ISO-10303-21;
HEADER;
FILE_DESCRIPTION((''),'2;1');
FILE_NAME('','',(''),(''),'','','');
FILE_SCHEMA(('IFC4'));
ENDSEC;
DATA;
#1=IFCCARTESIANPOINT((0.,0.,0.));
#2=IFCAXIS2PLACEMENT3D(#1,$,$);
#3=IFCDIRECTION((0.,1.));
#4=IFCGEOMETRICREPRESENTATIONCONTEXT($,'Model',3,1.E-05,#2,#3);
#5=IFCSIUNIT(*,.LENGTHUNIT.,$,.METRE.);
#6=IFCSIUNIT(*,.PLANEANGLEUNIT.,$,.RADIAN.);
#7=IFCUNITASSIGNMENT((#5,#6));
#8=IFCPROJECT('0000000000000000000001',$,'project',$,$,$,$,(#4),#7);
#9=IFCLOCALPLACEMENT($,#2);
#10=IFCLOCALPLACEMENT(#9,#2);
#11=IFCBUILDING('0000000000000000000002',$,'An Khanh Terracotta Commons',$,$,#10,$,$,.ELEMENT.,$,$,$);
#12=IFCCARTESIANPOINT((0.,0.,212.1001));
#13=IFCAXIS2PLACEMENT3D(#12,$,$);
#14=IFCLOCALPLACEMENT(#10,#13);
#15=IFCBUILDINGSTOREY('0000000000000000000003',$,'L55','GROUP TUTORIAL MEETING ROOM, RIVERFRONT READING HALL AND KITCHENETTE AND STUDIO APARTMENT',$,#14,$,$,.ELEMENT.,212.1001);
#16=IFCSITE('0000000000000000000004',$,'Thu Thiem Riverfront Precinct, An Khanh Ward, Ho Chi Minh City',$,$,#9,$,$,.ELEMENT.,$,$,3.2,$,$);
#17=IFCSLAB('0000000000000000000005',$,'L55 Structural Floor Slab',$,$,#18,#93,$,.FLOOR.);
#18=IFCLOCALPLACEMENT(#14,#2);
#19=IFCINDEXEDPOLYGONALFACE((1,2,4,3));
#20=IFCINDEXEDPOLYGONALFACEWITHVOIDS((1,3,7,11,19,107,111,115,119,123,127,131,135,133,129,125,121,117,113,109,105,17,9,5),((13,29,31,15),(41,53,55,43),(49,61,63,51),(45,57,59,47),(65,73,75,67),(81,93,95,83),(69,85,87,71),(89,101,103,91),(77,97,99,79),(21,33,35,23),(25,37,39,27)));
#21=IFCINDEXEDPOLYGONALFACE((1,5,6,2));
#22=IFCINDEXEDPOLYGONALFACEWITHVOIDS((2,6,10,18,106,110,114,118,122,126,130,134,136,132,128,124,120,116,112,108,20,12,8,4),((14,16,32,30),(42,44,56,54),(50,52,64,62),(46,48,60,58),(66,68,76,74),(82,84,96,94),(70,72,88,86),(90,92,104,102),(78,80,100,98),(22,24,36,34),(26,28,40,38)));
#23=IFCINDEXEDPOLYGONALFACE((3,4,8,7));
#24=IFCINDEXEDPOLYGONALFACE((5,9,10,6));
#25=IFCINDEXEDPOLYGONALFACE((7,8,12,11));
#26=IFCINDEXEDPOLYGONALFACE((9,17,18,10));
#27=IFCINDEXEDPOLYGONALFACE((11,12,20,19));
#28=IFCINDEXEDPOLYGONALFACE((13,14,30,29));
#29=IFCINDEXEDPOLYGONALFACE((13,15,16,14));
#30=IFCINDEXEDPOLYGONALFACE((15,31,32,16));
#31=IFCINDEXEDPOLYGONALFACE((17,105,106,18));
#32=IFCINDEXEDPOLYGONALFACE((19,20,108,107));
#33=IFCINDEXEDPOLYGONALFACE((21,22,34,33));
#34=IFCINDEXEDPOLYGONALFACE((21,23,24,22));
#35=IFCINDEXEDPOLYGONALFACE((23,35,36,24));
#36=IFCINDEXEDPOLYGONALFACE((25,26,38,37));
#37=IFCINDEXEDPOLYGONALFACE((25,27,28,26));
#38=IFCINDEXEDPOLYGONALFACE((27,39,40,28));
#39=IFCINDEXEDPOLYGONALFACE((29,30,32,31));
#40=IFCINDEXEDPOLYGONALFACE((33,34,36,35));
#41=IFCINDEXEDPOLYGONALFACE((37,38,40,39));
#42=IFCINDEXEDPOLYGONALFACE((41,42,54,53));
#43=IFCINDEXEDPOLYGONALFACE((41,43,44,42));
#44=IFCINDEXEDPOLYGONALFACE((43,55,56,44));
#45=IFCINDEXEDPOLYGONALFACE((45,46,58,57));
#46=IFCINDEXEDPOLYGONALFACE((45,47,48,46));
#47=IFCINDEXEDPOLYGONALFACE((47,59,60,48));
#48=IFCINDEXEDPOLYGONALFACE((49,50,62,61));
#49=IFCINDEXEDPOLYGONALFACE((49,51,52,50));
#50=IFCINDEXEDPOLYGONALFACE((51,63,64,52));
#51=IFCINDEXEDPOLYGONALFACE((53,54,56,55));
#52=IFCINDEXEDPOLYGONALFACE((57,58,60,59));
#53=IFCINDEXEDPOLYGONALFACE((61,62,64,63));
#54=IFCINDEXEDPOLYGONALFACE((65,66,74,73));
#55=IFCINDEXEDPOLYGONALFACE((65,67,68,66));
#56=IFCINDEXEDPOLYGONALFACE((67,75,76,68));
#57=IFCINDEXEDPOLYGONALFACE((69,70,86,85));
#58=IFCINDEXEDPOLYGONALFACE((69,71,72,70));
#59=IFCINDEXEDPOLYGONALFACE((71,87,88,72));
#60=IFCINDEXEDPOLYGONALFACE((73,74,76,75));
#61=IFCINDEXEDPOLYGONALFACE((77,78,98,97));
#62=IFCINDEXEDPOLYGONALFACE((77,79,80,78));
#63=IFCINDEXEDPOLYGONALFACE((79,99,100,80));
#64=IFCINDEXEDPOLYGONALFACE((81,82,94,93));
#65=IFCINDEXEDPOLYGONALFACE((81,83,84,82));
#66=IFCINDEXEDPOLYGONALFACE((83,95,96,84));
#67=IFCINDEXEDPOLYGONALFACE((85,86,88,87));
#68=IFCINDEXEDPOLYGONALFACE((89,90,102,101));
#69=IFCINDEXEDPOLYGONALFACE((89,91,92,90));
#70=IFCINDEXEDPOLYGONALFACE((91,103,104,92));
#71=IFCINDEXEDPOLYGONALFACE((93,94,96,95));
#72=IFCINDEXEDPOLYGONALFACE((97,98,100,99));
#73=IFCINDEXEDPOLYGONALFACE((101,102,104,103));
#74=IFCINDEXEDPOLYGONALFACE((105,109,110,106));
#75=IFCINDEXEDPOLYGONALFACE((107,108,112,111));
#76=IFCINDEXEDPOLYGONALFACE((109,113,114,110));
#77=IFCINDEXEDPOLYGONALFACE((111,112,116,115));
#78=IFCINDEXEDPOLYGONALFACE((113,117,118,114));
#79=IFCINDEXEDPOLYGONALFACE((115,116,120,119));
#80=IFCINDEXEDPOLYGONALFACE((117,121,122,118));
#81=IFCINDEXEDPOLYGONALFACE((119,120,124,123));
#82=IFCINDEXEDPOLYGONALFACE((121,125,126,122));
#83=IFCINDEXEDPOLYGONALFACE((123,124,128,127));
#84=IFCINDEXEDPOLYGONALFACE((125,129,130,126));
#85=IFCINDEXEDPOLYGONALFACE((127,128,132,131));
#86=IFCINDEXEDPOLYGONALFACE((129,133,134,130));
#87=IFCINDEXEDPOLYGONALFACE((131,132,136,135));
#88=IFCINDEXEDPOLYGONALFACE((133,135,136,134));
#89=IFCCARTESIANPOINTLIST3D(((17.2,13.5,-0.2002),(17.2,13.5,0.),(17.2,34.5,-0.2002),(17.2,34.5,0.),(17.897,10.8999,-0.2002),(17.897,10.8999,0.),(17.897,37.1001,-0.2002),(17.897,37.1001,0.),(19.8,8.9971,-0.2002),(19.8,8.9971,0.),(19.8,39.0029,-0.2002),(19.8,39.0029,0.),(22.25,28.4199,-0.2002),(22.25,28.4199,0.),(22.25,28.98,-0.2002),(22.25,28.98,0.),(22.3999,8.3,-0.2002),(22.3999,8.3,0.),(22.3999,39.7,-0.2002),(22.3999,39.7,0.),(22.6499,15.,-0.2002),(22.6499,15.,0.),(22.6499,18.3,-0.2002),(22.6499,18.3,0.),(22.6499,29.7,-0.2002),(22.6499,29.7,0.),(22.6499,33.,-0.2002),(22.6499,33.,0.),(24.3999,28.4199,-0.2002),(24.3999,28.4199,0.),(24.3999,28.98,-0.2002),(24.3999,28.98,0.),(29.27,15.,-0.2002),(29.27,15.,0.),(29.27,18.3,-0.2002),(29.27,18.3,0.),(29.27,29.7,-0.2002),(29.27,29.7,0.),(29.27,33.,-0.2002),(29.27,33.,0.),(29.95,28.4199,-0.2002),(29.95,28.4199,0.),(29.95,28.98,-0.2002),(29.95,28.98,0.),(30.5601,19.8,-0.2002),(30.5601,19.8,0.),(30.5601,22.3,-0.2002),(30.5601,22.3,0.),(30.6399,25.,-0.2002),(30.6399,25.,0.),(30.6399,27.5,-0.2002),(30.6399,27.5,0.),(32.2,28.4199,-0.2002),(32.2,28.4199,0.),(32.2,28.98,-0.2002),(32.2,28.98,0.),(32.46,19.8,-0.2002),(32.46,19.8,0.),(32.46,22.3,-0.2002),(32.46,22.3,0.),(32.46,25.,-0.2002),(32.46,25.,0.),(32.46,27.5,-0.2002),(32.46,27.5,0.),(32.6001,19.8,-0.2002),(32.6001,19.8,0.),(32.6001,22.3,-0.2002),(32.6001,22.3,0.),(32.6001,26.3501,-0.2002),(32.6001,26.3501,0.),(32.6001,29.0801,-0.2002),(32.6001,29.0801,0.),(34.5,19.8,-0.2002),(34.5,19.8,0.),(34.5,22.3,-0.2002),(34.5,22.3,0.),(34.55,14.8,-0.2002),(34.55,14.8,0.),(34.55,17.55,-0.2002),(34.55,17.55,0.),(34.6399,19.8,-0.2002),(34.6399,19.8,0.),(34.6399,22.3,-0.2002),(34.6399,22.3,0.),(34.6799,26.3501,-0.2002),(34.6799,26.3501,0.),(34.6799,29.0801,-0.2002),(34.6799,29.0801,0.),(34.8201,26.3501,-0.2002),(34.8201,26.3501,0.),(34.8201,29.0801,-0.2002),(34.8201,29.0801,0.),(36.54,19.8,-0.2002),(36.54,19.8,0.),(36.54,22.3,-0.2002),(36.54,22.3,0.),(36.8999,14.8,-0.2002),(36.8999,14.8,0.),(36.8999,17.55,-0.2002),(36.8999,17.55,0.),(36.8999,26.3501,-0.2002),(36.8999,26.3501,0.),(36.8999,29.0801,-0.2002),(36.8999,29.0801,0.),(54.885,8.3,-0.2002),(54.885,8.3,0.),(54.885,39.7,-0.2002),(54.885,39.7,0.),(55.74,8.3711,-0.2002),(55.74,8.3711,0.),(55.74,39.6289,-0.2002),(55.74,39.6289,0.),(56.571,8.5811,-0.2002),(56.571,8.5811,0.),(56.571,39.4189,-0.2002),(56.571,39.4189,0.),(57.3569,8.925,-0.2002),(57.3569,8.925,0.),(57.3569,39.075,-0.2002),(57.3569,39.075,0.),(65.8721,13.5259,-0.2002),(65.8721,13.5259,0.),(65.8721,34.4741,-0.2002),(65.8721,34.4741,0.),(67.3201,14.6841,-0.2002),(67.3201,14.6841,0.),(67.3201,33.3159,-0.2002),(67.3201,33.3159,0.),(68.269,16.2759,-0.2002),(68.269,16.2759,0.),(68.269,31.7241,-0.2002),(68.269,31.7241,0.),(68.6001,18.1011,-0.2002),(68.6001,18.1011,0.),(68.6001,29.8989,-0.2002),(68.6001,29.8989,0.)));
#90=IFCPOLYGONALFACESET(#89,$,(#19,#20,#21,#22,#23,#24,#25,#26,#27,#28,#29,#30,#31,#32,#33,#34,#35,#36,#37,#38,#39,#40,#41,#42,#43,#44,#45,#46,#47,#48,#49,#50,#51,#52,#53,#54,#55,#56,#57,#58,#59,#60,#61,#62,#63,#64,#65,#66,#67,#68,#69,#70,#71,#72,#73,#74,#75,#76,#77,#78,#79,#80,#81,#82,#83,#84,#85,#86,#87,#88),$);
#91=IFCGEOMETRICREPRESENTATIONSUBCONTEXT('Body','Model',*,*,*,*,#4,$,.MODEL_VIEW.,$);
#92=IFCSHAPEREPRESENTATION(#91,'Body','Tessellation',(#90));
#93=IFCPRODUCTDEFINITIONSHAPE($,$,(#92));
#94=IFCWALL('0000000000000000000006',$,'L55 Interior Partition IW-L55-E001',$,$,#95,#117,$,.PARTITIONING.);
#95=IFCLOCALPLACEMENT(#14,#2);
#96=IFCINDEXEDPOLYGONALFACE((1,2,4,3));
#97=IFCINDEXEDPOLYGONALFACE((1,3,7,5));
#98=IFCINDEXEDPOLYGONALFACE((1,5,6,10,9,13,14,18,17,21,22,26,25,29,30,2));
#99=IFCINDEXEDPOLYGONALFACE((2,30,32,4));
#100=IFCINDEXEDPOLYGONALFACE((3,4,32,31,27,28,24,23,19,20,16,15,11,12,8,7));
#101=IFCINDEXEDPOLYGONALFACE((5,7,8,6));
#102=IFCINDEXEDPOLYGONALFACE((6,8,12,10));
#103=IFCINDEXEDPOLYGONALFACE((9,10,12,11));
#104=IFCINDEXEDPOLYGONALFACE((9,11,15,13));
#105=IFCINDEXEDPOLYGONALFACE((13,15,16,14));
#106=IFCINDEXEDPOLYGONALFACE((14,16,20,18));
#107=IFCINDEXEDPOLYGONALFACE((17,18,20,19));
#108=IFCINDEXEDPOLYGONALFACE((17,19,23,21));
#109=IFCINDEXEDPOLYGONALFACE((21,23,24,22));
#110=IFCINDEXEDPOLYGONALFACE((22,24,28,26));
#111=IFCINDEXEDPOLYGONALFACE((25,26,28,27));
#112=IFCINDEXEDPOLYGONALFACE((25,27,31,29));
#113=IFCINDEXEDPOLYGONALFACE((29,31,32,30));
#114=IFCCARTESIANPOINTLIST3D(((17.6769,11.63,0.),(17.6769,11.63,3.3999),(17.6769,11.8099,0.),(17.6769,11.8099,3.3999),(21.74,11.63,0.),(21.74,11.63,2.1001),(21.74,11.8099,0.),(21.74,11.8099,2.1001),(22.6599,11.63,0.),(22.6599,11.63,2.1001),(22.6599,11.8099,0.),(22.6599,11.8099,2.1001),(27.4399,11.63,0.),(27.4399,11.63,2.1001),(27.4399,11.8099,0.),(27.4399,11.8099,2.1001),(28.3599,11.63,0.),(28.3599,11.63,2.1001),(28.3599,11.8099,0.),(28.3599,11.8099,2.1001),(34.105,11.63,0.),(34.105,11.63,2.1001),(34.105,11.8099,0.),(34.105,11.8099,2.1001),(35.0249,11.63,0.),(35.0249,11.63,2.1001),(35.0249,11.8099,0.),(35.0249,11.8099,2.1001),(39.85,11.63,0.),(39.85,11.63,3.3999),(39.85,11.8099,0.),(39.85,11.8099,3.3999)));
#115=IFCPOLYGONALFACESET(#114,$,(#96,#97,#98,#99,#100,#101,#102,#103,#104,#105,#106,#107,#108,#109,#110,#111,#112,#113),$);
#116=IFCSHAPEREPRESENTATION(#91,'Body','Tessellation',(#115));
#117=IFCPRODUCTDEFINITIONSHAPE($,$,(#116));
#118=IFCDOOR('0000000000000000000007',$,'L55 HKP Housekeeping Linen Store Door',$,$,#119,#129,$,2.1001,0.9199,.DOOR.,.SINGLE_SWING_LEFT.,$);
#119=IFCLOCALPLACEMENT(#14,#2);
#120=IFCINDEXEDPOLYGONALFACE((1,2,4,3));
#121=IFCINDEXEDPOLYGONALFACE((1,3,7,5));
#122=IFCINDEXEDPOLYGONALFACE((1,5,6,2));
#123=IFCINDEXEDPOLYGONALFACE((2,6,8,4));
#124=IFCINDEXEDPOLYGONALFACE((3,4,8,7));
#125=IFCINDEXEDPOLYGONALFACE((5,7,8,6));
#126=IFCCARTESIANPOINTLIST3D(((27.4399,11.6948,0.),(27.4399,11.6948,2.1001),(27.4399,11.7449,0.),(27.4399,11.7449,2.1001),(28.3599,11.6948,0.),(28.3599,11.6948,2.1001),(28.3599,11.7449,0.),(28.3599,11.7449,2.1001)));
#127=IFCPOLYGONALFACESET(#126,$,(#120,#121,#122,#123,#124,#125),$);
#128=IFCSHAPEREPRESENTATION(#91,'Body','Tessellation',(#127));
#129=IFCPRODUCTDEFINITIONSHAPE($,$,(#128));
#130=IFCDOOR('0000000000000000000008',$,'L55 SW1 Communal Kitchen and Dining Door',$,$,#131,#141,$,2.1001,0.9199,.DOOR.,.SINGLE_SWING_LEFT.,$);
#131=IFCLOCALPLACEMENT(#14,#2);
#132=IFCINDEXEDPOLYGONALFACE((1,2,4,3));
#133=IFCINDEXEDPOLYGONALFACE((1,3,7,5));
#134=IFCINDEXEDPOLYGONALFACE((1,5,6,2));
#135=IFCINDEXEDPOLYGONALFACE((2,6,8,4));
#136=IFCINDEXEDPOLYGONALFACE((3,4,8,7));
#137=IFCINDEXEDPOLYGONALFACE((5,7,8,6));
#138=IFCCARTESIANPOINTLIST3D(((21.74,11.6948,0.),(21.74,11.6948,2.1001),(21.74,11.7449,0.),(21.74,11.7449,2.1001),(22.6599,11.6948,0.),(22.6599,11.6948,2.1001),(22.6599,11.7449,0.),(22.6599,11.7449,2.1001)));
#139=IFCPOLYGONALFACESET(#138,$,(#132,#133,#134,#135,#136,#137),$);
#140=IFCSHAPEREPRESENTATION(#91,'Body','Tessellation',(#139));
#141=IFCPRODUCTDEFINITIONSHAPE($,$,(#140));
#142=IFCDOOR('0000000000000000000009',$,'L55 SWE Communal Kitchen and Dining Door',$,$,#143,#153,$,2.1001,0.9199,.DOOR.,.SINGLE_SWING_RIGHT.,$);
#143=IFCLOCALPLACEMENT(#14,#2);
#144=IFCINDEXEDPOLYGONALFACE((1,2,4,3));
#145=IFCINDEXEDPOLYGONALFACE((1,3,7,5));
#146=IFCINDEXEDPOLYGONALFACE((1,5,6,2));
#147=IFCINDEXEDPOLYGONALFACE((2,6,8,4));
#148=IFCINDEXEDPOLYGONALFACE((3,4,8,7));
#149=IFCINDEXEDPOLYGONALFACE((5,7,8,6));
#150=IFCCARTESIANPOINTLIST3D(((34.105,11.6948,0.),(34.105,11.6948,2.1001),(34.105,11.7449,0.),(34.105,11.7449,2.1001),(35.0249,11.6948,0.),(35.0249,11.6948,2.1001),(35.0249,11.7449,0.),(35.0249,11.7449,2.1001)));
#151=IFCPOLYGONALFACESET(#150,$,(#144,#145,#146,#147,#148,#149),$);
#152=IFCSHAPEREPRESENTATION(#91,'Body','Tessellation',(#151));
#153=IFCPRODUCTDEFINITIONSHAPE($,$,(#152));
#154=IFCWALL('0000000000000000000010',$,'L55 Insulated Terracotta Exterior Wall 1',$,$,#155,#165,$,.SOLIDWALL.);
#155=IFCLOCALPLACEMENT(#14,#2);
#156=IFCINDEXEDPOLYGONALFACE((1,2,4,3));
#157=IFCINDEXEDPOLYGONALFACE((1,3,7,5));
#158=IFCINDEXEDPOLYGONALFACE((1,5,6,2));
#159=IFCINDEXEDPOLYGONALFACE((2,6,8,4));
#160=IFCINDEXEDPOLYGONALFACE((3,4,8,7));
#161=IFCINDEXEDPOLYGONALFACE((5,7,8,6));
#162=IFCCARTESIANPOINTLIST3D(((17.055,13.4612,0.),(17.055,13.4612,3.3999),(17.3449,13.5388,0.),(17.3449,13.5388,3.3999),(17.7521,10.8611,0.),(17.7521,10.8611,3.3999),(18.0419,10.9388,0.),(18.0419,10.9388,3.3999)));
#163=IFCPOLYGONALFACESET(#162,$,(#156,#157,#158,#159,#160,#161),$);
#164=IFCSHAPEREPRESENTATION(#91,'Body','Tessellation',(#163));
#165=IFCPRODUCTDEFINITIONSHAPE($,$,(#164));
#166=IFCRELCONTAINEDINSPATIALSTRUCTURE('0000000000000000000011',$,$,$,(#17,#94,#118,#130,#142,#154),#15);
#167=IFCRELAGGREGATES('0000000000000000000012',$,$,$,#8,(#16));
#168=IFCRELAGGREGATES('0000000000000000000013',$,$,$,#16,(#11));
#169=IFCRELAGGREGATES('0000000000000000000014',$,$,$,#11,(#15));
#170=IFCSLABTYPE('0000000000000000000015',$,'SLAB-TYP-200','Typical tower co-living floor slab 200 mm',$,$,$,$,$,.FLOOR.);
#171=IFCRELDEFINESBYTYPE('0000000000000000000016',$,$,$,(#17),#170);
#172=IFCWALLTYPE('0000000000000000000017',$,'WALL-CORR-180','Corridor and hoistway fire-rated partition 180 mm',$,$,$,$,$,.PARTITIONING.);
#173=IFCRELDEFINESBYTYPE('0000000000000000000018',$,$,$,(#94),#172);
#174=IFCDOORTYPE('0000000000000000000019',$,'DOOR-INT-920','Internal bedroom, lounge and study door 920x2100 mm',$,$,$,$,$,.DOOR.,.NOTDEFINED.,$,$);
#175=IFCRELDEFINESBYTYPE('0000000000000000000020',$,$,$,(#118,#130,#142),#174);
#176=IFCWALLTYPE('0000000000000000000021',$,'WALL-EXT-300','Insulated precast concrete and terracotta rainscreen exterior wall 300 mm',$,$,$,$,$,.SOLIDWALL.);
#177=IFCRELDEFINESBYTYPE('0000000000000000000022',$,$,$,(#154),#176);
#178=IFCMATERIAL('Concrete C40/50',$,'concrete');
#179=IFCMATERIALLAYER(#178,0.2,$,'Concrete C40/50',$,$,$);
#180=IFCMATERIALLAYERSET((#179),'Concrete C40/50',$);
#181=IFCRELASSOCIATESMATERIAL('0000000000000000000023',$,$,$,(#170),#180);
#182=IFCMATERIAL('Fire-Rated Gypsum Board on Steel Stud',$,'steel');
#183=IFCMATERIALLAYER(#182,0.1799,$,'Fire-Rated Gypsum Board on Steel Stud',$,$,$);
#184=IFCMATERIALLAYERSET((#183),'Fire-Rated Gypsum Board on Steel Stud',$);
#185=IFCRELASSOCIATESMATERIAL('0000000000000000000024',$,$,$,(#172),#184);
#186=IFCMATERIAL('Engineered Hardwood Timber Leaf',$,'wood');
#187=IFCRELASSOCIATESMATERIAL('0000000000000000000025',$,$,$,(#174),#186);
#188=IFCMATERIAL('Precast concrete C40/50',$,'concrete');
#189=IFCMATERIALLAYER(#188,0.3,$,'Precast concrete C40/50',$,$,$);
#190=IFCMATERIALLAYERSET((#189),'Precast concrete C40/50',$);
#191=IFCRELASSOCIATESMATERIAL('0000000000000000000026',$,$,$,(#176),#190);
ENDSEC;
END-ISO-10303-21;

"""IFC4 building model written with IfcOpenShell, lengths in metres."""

from ifc_helpers import new_model, si_unit, direction, frame, frame_2d, origin, place, context, subcontext, project, spatial, polyline, rectangle, outline, extrude, material, layer, layer_set, type_object, element, fill, save


model = new_model("IFC4")

# Units and contexts
model_context = context("Model", 3, precision=1e-05, world=origin(), true_north=direction((0.0, 1.0)))
body_context = subcontext(model_context, "Body", "Model", "MODEL_VIEW")
ifc_project = project(units=[si_unit("LENGTHUNIT", "METRE"), si_unit("PLANEANGLEUNIT", "RADIAN")], contexts=[model_context])

# Site, building, storey
site_placement = place(None, origin())
site = spatial("IfcSite", under=ifc_project, at=site_placement, Name="Thu Thiem Riverfront Precinct, An Khanh Ward, Ho Chi Minh City", CompositionType="ELEMENT", RefElevation=3.2)
building_placement = place(site_placement, origin())
building = spatial("IfcBuilding", under=site, at=building_placement, Name="An Khanh Terracotta Commons", CompositionType="ELEMENT")
storey_placement = place(building_placement, frame((0.0, 0.0, 212.1001)))
storey = spatial("IfcBuildingStorey", under=building, at=storey_placement, Name="L55", Description="GROUP TUTORIAL MEETING ROOM, RIVERFRONT READING HALL AND KITCHENETTE AND STUDIO APARTMENT", CompositionType="ELEMENT", Elevation=212.1001)

# Shared definitions
ifc_material_1 = material(Name="Concrete C40/50", Category="concrete")

# Shared definitions
ifc_material_2 = material(Name="Precast concrete C40/50", Category="concrete")

# Slab
ifc_layer_1 = layer(ifc_material_1, 0.2, Name="Concrete C40/50")
ifc_layer_set_1 = layer_set([ifc_layer_1], Name="Concrete C40/50")
slab_type_1 = type_object("IfcSlabType", Name="SLAB-TYP-200", Description="Typical tower co-living floor slab 200 mm", PredefinedType="FLOOR", material=ifc_layer_set_1)
slab_1_placement = place(storey_placement, frame((0.0, 0.0, -0.2002)))
element("IfcSlab", 1, at=slab_1_placement, inside=storey, type_object=slab_type_1, Name="L55 Structural Floor Slab", PredefinedType="FLOOR", context=body_context, shape_type="SweptSolid", body=[
    extrude(outline(polyline([(17.2, 13.5), (17.897, 10.8999), (19.8, 8.9971), (22.3999, 8.3), (54.885, 8.3), (55.74, 8.3711), (56.571, 8.5811), (57.3569, 8.925), (65.8721, 13.5259), (67.3201, 14.6841), (68.269, 16.2759), (68.6001, 18.1011), (68.6001, 29.8989), (68.269, 31.7241), (67.3201, 33.3159), (65.8721, 34.4741), (57.3569, 39.075), (56.571, 39.4189), (55.74, 39.6289), (54.885, 39.7), (22.3999, 39.7), (19.8, 39.0029), (17.897, 37.1001), (17.2, 34.5), (17.2, 13.5)]), holes=[polyline([(22.6499, 29.7), (29.27, 29.7), (29.27, 33.0), (22.6499, 33.0), (22.6499, 29.7)]), polyline([(22.6499, 15.0), (29.27, 15.0), (29.27, 18.3), (22.6499, 18.3), (22.6499, 15.0)]), polyline([(32.6001, 26.3501), (34.6799, 26.3501), (34.6799, 29.0801), (32.6001, 29.0801), (32.6001, 26.3501)]), polyline([(34.8201, 26.3501), (36.8999, 26.3501), (36.8999, 29.0801), (34.8201, 29.0801), (34.8201, 26.3501)]), polyline([(34.55, 14.8), (36.8999, 14.8), (36.8999, 17.55), (34.55, 17.55), (34.55, 14.8)]), polyline([(30.6399, 25.0), (32.46, 25.0), (32.46, 27.5), (30.6399, 27.5), (30.6399, 25.0)]), polyline([(30.5601, 19.8), (32.46, 19.8), (32.46, 22.3), (30.5601, 22.3), (30.5601, 19.8)]), polyline([(32.6001, 19.8), (34.5, 19.8), (34.5, 22.3), (32.6001, 22.3), (32.6001, 19.8)]), polyline([(34.6399, 19.8), (36.54, 19.8), (36.54, 22.3), (34.6399, 22.3), (34.6399, 19.8)]), polyline([(22.25, 28.4199), (24.3999, 28.4199), (24.3999, 28.98), (22.25, 28.98), (22.25, 28.4199)]), polyline([(29.95, 28.4199), (32.2, 28.4199), (32.2, 28.98), (29.95, 28.98), (29.95, 28.4199)])]), origin(), (0.0, 0.0, 1.0), 0.2002),
])

# Wall, openings, doors
ifc_material_3 = material(Name="Fire-Rated Gypsum Board on Steel Stud", Category="steel")
ifc_layer_2 = layer(ifc_material_3, 0.1799, Name="Fire-Rated Gypsum Board on Steel Stud")
ifc_layer_set_2 = layer_set([ifc_layer_2], Name="Fire-Rated Gypsum Board on Steel Stud")
wall_type_1 = type_object("IfcWallType", Name="WALL-CORR-180", Description="Corridor and hoistway fire-rated partition 180 mm", PredefinedType="PARTITIONING", material=ifc_layer_set_2)
wall_1_placement = place(storey_placement, frame((17.677, 11.72, 0.0), z_axis=(0.0, 0.0, 1.0), x_axis=(1.0, 0.0, 0.0)))
wall_1 = element("IfcWall", 2, at=wall_1_placement, inside=storey, type_object=wall_type_1, Name="L55 Interior Partition IW-L55-E001", PredefinedType="PARTITIONING", context=body_context, shape_type="SweptSolid", body=[
    extrude(rectangle(XDim=22.1731, YDim=0.1799, at=frame_2d((11.0864, 0.0))), origin(), (0.0, 0.0, 1.0), 3.3999),
])
opening_1_placement = place(wall_1_placement, frame((9.7629, 0.0, 0.0)))
opening_1 = element("IfcOpeningElement", 3, at=opening_1_placement, cuts=wall_1, PredefinedType="OPENING", context=body_context, shape_type="SweptSolid", body=[
    extrude(rectangle(XDim=0.9199, YDim=2.1001, at=frame_2d((0.46, 1.05))), frame((0.0, 0.0999, 0.0), z_axis=(0.0, -1.0, 0.0), x_axis=(1.0, 0.0, 0.0)), (0.0, 0.0, 1.0), 0.2),
])
opening_2_placement = place(wall_1_placement, frame((4.063, 0.0, 0.0)))
opening_2 = element("IfcOpeningElement", 4, at=opening_2_placement, cuts=wall_1, PredefinedType="OPENING", context=body_context, shape_type="SweptSolid", body=[
    extrude(rectangle(XDim=0.9199, YDim=2.1001, at=frame_2d((0.46, 1.05))), frame((0.0, 0.0999, 0.0), z_axis=(0.0, -1.0, 0.0), x_axis=(1.0, 0.0, 0.0)), (0.0, 0.0, 1.0), 0.2),
])
opening_3_placement = place(wall_1_placement, frame((16.428, 0.0, 0.0)))
opening_3 = element("IfcOpeningElement", 5, at=opening_3_placement, cuts=wall_1, PredefinedType="OPENING", context=body_context, shape_type="SweptSolid", body=[
    extrude(rectangle(XDim=0.9199, YDim=2.1001, at=frame_2d((0.46, 1.05))), frame((0.0, 0.0999, 0.0), z_axis=(0.0, -1.0, 0.0), x_axis=(1.0, 0.0, 0.0)), (0.0, 0.0, 1.0), 0.2),
])
ifc_material_4 = material(Name="Engineered Hardwood Timber Leaf", Category="wood")
door_type = type_object("IfcDoorType", Name="DOOR-INT-920", Description="Internal bedroom, lounge and study door 920x2100 mm", OperationType="NOTDEFINED", PredefinedType="DOOR", material=ifc_material_4)
door_1_placement = place(opening_1_placement, origin())
door_1 = element("IfcDoor", 6, at=door_1_placement, inside=storey, type_object=door_type, Name="L55 HKP Housekeeping Linen Store Door", OperationType="SINGLE_SWING_LEFT", OverallHeight=2.1001, OverallWidth=0.9199, PredefinedType="DOOR", context=body_context, shape_type="SweptSolid", body=[
    extrude(rectangle(XDim=0.9199, YDim=2.1001, at=frame_2d((0.46, 1.05))), frame((0.0, 0.0249, 0.0), z_axis=(0.0, -1.0, 0.0), x_axis=(1.0, 0.0, 0.0)), (0.0, 0.0, 1.0), 0.05),
])
fill(opening_1, door_1)
door_2_placement = place(opening_2_placement, origin())
door_2 = element("IfcDoor", 7, at=door_2_placement, inside=storey, type_object=door_type, Name="L55 SW1 Communal Kitchen and Dining Door", OperationType="SINGLE_SWING_LEFT", OverallHeight=2.1001, OverallWidth=0.9199, PredefinedType="DOOR", context=body_context, shape_type="SweptSolid", body=[
    extrude(rectangle(XDim=0.9199, YDim=2.1001, at=frame_2d((0.46, 1.05))), frame((0.0, 0.0249, 0.0), z_axis=(0.0, -1.0, 0.0), x_axis=(1.0, 0.0, 0.0)), (0.0, 0.0, 1.0), 0.05),
])
fill(opening_2, door_2)
door_3_placement = place(opening_3_placement, origin())
door_3 = element("IfcDoor", 8, at=door_3_placement, inside=storey, type_object=door_type, Name="L55 SWE Communal Kitchen and Dining Door", OperationType="SINGLE_SWING_RIGHT", OverallHeight=2.1001, OverallWidth=0.9199, PredefinedType="DOOR", context=body_context, shape_type="SweptSolid", body=[
    extrude(rectangle(XDim=0.9199, YDim=2.1001, at=frame_2d((0.46, 1.05))), frame((0.0, 0.0249, 0.0), z_axis=(0.0, -1.0, 0.0), x_axis=(1.0, 0.0, 0.0)), (0.0, 0.0, 1.0), 0.05),
])
fill(opening_3, door_3)

# Wall
ifc_layer_3 = layer(ifc_material_2, 0.3, Name="Precast concrete C40/50")
ifc_layer_set_3 = layer_set([ifc_layer_3], Name="Precast concrete C40/50")
wall_type_2 = type_object("IfcWallType", Name="WALL-EXT-300", Description="Insulated precast concrete and terracotta rainscreen exterior wall 300 mm", PredefinedType="SOLIDWALL", material=ifc_layer_set_3)
wall_2_placement = place(storey_placement, frame((17.2, 13.5, 0.0), z_axis=(0.0, 0.0, 1.0), x_axis=(0.258933, -0.965895, 0.0)))
element("IfcWall", 9, at=wall_2_placement, inside=storey, type_object=wall_type_2, Name="L55 Insulated Terracotta Exterior Wall 1", PredefinedType="SOLIDWALL", context=body_context, shape_type="SweptSolid", body=[
    extrude(rectangle(XDim=2.6919, YDim=0.3, at=frame_2d((1.3459, 0.0))), origin(), (0.0, 0.0, 1.0), 3.3999),
])

save(model, "model.ifc")
